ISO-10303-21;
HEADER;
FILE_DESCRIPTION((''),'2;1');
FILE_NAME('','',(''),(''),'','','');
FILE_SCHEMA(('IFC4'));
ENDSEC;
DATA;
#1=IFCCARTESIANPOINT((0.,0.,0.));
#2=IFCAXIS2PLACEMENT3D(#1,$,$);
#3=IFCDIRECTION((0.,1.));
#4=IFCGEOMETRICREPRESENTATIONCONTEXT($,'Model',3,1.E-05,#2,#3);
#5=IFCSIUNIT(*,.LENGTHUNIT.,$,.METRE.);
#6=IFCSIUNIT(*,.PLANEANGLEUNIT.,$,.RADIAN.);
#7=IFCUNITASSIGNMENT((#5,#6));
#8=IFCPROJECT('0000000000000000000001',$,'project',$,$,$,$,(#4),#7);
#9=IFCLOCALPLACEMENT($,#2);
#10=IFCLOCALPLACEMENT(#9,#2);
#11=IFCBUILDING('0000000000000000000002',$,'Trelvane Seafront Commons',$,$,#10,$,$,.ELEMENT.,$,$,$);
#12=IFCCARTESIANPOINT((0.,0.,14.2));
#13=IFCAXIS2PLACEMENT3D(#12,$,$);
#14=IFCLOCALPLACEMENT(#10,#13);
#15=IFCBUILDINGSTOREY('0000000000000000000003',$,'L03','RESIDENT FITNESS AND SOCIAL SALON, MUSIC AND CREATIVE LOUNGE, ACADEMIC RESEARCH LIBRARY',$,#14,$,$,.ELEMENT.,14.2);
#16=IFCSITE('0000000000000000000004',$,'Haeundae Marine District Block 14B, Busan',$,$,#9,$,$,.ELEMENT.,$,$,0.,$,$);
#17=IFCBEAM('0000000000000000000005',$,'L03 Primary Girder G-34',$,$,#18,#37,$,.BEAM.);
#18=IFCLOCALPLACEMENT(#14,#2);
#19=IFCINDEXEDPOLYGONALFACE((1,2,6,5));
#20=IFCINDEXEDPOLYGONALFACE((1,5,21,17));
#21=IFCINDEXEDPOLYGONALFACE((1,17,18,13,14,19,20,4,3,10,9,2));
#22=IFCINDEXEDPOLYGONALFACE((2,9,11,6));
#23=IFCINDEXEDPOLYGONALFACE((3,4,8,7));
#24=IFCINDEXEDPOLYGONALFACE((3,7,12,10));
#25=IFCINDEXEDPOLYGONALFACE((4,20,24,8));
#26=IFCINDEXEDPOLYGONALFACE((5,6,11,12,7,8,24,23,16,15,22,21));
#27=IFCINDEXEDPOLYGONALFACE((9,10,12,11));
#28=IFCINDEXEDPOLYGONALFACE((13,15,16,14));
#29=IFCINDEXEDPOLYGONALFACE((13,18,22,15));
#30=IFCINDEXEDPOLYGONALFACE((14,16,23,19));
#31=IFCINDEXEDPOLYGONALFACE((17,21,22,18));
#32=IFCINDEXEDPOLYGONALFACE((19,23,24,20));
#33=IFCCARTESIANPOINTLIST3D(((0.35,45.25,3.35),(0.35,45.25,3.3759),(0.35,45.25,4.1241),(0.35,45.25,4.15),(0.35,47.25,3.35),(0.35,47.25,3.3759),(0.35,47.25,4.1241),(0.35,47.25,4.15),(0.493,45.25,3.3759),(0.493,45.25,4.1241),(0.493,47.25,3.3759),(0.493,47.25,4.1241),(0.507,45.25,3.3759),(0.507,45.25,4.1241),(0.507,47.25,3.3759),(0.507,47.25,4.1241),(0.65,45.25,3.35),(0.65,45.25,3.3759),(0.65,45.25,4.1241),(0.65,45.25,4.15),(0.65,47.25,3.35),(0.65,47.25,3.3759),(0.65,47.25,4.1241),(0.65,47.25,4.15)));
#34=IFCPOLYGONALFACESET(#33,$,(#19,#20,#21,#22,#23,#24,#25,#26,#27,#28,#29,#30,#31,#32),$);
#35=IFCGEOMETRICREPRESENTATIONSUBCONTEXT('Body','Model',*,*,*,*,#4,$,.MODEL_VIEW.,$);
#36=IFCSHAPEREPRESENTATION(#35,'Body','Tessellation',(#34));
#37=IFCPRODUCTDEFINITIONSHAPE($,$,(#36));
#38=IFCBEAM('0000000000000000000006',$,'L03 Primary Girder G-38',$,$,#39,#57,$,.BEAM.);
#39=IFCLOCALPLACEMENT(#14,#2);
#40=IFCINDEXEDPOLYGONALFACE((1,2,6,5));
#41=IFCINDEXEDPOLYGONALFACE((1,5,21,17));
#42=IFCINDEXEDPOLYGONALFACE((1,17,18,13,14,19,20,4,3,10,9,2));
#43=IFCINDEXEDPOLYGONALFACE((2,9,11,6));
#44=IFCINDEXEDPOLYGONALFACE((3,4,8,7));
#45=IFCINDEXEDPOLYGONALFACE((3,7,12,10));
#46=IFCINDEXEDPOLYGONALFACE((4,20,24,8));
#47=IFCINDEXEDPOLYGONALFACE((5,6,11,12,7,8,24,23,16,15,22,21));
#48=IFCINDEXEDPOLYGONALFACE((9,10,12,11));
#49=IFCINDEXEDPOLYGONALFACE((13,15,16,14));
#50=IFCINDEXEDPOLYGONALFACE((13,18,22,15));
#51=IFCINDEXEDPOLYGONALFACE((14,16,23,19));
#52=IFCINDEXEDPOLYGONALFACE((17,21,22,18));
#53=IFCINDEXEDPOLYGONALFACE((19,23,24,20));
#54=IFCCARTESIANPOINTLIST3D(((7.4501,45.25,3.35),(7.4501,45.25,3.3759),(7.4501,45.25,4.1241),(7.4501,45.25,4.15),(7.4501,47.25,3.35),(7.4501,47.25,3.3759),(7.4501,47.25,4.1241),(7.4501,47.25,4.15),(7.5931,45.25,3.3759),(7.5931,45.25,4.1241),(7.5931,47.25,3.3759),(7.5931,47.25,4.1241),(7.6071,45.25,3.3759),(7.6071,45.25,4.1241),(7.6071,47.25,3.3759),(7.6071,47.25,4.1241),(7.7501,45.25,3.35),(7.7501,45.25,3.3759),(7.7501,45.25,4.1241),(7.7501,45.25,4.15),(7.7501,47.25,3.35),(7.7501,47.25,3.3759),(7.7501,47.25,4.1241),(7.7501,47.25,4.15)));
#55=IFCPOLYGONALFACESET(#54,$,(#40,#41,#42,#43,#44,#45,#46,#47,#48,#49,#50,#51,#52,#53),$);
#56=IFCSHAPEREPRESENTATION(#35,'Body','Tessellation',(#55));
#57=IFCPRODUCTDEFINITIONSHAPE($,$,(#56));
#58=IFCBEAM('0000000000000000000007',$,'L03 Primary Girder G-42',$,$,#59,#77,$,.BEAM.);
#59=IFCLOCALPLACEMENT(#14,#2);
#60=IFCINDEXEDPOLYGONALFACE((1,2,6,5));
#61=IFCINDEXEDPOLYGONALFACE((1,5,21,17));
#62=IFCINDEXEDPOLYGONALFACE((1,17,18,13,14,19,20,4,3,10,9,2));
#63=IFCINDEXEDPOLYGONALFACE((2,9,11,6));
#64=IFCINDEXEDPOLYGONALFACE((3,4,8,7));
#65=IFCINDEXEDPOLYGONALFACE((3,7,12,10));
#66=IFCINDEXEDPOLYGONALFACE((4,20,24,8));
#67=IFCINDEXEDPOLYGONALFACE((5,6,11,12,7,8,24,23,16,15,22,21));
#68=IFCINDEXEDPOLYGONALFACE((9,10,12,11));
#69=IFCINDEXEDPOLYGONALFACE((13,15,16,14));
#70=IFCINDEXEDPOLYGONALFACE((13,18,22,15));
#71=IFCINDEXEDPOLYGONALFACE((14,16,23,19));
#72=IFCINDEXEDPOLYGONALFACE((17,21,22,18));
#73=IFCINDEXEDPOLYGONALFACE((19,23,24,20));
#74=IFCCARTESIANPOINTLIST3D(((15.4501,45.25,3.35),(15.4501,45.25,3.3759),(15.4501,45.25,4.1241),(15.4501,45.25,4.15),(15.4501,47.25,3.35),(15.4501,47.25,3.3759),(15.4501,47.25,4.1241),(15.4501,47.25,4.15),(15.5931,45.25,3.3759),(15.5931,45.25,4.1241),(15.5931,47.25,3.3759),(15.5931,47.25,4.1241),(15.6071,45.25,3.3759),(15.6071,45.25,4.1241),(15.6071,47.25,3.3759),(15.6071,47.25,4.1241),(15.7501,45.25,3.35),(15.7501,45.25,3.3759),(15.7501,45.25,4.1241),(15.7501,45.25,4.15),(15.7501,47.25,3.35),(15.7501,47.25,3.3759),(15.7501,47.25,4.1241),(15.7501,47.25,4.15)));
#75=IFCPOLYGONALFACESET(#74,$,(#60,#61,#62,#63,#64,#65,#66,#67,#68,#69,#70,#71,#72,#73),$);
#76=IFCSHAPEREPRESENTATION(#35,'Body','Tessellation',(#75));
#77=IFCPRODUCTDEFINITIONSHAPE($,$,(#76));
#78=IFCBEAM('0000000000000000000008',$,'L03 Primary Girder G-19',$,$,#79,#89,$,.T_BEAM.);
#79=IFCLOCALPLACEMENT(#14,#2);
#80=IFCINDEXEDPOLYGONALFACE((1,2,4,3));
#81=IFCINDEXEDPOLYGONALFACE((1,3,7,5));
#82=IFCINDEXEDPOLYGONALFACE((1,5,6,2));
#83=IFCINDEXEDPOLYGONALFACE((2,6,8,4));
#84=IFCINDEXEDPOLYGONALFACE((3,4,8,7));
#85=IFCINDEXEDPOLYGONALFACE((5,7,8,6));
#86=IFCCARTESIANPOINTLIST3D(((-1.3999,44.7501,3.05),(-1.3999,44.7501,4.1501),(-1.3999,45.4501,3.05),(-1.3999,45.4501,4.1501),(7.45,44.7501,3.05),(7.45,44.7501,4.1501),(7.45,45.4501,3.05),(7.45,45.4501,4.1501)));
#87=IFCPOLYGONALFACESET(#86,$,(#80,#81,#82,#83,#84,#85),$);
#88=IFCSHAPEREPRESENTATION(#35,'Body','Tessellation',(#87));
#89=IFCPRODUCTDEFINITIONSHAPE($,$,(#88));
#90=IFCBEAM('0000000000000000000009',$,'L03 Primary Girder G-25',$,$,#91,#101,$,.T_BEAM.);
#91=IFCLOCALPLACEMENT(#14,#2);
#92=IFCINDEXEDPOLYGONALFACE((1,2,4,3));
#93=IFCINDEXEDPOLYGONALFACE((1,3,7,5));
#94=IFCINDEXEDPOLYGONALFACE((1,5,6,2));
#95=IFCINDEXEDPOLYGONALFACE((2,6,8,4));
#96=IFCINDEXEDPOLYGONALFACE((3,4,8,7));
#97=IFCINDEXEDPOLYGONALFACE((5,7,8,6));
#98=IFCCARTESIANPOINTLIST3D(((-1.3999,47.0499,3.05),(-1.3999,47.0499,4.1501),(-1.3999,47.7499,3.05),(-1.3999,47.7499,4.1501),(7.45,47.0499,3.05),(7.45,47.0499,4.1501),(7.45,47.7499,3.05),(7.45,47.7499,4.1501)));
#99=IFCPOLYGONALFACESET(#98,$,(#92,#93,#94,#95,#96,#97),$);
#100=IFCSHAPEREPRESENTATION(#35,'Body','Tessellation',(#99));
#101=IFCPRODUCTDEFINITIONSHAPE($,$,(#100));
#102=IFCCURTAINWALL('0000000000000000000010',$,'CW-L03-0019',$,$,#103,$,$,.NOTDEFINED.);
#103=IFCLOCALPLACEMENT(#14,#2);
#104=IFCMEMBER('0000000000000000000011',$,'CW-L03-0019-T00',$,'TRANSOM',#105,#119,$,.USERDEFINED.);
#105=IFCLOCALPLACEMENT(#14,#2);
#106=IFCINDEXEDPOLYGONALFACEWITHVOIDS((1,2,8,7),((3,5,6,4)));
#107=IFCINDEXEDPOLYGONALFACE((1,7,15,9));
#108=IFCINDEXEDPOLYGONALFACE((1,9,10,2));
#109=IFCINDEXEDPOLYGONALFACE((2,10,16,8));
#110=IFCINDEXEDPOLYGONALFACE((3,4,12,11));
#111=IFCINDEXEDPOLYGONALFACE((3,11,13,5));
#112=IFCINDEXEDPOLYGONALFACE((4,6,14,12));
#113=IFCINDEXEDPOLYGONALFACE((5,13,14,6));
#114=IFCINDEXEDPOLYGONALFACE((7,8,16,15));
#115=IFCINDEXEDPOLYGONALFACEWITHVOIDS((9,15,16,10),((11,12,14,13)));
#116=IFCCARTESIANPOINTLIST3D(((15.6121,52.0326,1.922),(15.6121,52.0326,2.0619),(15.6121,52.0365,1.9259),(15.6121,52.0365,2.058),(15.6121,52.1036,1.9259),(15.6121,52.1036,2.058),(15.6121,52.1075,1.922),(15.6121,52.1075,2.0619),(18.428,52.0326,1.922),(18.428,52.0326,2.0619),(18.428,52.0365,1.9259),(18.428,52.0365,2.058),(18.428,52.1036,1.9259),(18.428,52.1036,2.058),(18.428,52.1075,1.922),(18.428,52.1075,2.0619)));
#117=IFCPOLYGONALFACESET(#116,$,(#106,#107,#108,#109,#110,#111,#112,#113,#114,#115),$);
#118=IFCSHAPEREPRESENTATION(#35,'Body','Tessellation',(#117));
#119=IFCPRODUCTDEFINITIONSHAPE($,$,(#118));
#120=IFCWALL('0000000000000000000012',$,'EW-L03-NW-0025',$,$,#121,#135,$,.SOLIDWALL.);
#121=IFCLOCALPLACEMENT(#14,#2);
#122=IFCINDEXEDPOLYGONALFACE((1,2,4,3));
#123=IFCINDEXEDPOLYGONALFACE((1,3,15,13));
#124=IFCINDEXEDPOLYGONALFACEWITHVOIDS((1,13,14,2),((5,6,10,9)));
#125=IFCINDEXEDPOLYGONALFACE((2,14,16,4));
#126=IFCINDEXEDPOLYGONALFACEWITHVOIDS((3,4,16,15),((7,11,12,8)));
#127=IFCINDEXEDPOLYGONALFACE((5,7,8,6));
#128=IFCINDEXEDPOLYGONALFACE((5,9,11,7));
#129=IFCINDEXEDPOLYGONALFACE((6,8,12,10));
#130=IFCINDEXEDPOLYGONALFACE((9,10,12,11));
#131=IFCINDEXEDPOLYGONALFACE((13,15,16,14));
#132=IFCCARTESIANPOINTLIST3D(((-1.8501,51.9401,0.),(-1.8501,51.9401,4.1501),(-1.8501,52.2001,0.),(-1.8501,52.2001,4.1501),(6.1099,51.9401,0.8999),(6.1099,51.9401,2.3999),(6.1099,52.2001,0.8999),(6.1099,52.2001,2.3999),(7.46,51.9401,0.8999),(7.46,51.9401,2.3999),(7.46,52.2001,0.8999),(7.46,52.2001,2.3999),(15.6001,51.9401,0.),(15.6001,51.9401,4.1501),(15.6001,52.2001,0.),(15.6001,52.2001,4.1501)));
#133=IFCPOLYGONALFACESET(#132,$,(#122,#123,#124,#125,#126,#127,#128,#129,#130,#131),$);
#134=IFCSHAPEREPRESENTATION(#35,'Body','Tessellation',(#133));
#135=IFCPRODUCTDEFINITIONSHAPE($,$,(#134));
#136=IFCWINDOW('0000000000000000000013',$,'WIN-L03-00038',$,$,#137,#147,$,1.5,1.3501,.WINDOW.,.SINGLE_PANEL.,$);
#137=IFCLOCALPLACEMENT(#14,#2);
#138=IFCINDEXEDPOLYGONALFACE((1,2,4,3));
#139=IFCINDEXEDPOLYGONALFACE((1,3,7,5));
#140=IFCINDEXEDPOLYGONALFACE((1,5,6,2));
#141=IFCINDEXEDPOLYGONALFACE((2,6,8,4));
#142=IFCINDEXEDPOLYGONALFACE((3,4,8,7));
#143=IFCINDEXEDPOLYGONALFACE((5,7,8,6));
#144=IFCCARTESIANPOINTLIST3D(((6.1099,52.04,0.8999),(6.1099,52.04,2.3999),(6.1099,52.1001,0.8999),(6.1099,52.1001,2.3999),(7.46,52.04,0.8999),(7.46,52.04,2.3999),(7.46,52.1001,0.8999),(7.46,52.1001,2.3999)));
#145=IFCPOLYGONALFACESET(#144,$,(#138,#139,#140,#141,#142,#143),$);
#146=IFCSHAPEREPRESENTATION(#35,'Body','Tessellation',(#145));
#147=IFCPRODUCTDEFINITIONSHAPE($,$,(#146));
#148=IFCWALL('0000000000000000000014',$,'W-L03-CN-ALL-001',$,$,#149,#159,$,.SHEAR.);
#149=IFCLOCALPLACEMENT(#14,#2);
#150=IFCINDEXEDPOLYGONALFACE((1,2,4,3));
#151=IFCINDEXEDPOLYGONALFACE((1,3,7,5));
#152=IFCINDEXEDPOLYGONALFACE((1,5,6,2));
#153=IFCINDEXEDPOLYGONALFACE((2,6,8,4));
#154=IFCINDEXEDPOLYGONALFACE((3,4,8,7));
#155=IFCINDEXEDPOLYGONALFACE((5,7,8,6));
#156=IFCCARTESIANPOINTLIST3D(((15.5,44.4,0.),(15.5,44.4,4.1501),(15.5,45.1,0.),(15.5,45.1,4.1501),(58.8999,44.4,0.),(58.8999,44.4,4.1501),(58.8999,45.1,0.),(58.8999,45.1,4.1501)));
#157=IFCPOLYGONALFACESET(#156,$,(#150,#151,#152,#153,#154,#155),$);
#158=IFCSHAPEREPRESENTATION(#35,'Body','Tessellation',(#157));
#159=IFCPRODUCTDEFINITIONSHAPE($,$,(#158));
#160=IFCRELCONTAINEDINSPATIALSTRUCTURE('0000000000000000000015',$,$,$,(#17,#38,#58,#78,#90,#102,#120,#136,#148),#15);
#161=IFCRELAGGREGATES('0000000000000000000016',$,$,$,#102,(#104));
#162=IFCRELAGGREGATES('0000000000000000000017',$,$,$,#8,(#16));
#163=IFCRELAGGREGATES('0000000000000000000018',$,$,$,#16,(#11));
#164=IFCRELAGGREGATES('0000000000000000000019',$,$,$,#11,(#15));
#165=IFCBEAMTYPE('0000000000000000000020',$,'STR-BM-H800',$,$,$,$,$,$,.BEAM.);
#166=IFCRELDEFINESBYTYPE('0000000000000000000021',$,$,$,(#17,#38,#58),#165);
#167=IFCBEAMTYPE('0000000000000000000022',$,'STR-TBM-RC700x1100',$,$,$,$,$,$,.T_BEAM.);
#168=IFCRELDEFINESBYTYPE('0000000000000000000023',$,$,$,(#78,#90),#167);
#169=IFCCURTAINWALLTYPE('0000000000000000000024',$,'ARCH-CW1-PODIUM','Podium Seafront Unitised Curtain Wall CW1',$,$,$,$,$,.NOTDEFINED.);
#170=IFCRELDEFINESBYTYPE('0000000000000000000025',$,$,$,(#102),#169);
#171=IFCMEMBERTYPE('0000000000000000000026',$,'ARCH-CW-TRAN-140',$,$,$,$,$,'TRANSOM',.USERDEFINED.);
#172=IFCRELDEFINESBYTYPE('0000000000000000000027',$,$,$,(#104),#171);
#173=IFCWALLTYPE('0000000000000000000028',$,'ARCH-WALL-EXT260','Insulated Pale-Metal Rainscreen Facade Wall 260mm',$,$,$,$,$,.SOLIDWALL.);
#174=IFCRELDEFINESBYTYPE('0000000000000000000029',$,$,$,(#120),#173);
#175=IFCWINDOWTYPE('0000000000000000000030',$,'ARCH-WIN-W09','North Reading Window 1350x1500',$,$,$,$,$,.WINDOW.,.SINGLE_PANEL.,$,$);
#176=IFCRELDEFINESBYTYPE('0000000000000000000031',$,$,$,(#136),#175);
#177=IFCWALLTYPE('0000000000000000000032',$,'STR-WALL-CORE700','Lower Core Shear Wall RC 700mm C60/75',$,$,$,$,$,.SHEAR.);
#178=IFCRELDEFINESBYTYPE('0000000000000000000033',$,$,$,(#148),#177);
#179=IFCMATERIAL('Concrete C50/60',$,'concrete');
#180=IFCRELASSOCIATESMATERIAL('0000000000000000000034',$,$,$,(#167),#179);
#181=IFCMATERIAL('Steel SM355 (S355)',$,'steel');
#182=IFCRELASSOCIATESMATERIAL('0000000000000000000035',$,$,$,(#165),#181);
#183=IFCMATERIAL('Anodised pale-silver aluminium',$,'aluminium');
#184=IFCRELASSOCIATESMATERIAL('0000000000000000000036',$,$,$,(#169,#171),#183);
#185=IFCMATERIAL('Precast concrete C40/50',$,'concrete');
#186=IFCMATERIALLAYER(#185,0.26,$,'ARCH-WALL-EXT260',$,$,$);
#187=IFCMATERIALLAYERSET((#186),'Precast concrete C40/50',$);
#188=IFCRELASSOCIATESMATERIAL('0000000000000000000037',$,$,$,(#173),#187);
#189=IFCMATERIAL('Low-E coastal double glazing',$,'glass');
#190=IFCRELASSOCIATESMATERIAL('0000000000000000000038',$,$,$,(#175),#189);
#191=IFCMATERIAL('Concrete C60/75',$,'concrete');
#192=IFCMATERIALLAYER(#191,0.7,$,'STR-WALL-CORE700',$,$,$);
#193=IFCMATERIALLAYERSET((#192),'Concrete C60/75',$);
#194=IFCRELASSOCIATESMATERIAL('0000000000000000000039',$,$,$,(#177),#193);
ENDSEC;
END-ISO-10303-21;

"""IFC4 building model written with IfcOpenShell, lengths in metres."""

from ifc_helpers import new_model, si_unit, direction, frame, frame_2d, origin, origin_2d, place, context, subcontext, project, spatial, rectangle, hollow_rectangle, i_section, extrude, source, transform, mapped, material, layer, layer_set, material_profile, profile_set, type_object, element, fill, aggregate, save


model = new_model("IFC4")

# Units and contexts
model_context = context("Model", 3, precision=1e-05, world=origin(), true_north=direction((0.0, 1.0)))
body_context = subcontext(model_context, "Body", "Model", "MODEL_VIEW")
ifc_project = project(units=[si_unit("LENGTHUNIT", "METRE"), si_unit("PLANEANGLEUNIT", "RADIAN")], contexts=[model_context])

# Site, building, storey
site_placement = place(None, origin())
site = spatial("IfcSite", under=ifc_project, at=site_placement, Name="Haeundae Marine District Block 14B, Busan", CompositionType="ELEMENT", RefElevation=0.0)
building_placement = place(site_placement, origin())
building = spatial("IfcBuilding", under=site, at=building_placement, Name="Trelvane Seafront Commons", CompositionType="ELEMENT")
storey_placement = place(building_placement, frame((0.0, 0.0, 14.2)))
storey = spatial("IfcBuildingStorey", under=building, at=storey_placement, Name="L03", Description="RESIDENT FITNESS AND SOCIAL SALON, MUSIC AND CREATIVE LOUNGE, ACADEMIC RESEARCH LIBRARY", CompositionType="ELEMENT", Elevation=14.2)

# Shared definitions
ifc_material_1 = material(Name="Concrete C50/60", Category="concrete")
ifc_material_2 = material(Name="Concrete C60/75", Category="concrete")

# Beams
ifc_material_profile_1 = material_profile(ifc_material_1, rectangle(XDim=0.7, YDim=1.1001, at=origin_2d()), Name="RC-700x1100")
ifc_profile_set_1 = profile_set([ifc_material_profile_1], Name="Concrete C50/60")
beam_type_1 = type_object("IfcBeamType", Name="STR-TBM-RC700x1100", PredefinedType="T_BEAM", material=ifc_profile_set_1)
ifc_material_3 = material(Name="Steel SM355 (S355)", Category="steel")
ifc_material_profile_2 = material_profile(ifc_material_3, i_section(OverallWidth=0.3, OverallDepth=0.8, WebThickness=0.0139, FlangeThickness=0.0259, at=origin_2d()), Name="H-800x300x14x26")
ifc_profile_set_2 = profile_set([ifc_material_profile_2], Name="Steel SM355 (S355)")
beam_type_2 = type_object("IfcBeamType", Name="STR-BM-H800", PredefinedType="BEAM", material=ifc_profile_set_2)
shared_shape_1 = source(origin(), body_context, "Body", "SweptSolid", [
    extrude(i_section(OverallWidth=0.3, OverallDepth=0.8, WebThickness=0.0139, FlangeThickness=0.0259, at=origin_2d()), origin(), (0.0, 0.0, 1.0), 2.0),
])
for number, where, z_axis, x_axis, name in (
    (1, (0.5, 45.25, 3.75), (0.0, 1.0, 0.0), (-1.0, 0.0, 0.0), "L03 Primary Girder G-34"),
    (2, (7.6001, 45.25, 3.75), (0.0, 1.0, 0.0), (-1.0, 0.0, 0.0), "L03 Primary Girder G-38"),
    (3, (15.6001, 45.25, 3.75), (0.0, 1.0, 0.0), (-1.0, 0.0, 0.0), "L03 Primary Girder G-42"),
):
    element("IfcBeam", number, at=place(storey_placement, frame(where, z_axis=z_axis, x_axis=x_axis)), inside=storey, type_object=beam_type_2, Name=name, PredefinedType="BEAM", context=body_context, shape_type="MappedRepresentation", body=[
        mapped(shared_shape_1, transform((0.0, 0.0, 0.0), x_axis=(1.0, 0.0, 0.0), y_axis=(0.0, 1.0, 0.0), z_axis=(0.0, 0.0, 1.0), scale=1.0)),
    ])
shared_shape_2 = source(origin(), body_context, "Body", "SweptSolid", [
    extrude(rectangle(XDim=0.7, YDim=1.1001, at=origin_2d()), origin(), (0.0, 0.0, 1.0), 8.8499),
])
for number, where, z_axis, x_axis, name in (
    (4, (-1.3999, 45.1001, 3.6001), (1.0, 0.0, 0.0), (0.0, 1.0, 0.0), "L03 Primary Girder G-19"),
    (5, (-1.3999, 47.3999, 3.6001), (1.0, 0.0, 0.0), (0.0, 1.0, 0.0), "L03 Primary Girder G-25"),
):
    element("IfcBeam", number, at=place(storey_placement, frame(where, z_axis=z_axis, x_axis=x_axis)), inside=storey, type_object=beam_type_1, Name=name, PredefinedType="T_BEAM", context=body_context, shape_type="MappedRepresentation", body=[
        mapped(shared_shape_2, transform((0.0, 0.0, 0.0), x_axis=(1.0, 0.0, 0.0), y_axis=(0.0, 1.0, 0.0), z_axis=(0.0, 0.0, 1.0), scale=1.0)),
    ])

# Curtain wall, member
ifc_material_4 = material(Name="Anodised pale-silver aluminium", Category="aluminium")
curtain_wall_type = type_object("IfcCurtainWallType", Name="ARCH-CW1-PODIUM", Description="Podium Seafront Unitised Curtain Wall CW1", PredefinedType="NOTDEFINED", material=ifc_material_4)
curtain_wall_placement = place(storey_placement, origin())
curtain_wall = element("IfcCurtainWall", 6, at=curtain_wall_placement, inside=storey, type_object=curtain_wall_type, Name="CW-L03-0019", PredefinedType="NOTDEFINED")
ifc_material_profile_3 = material_profile(ifc_material_4, hollow_rectangle(XDim=0.075, YDim=0.1399, WallThickness=0.0039, at=origin_2d()), Name="TRAN-75x140x4")
ifc_profile_set_3 = profile_set([ifc_material_profile_3], Name="Anodised pale-silver aluminium")
member_type = type_object("IfcMemberType", Name="ARCH-CW-TRAN-140", ElementType="TRANSOM", PredefinedType="USERDEFINED", material=ifc_profile_set_3)
shared_shape_3 = source(origin(), body_context, "Body", "SweptSolid", [
    extrude(hollow_rectangle(XDim=0.075, YDim=0.1399, WallThickness=0.0039, at=origin_2d()), origin(), (0.0, 0.0, 1.0), 2.8159),
])
member_placement = place(storey_placement, frame((15.6121, 52.0701, 1.9919), z_axis=(1.0, 0.0, 0.0), x_axis=(0.0, 1.0, 0.0)))
member = element("IfcMember", 7, at=member_placement, type_object=member_type, Name="CW-L03-0019-T00", ObjectType="TRANSOM", PredefinedType="USERDEFINED", context=body_context, shape_type="MappedRepresentation", body=[
    mapped(shared_shape_3, transform((0.0, 0.0, 0.0), x_axis=(1.0, 0.0, 0.0), y_axis=(0.0, 1.0, 0.0), z_axis=(0.0, 0.0, 1.0), scale=1.0)),
])
aggregate(curtain_wall, [member])

# Wall, opening, window
ifc_material_5 = material(Name="Precast concrete C40/50", Category="concrete")
ifc_layer_1 = layer(ifc_material_5, 0.26, Name="ARCH-WALL-EXT260")
ifc_layer_set_1 = layer_set([ifc_layer_1], Name="Precast concrete C40/50")
wall_type_1 = type_object("IfcWallType", Name="ARCH-WALL-EXT260", Description="Insulated Pale-Metal Rainscreen Facade Wall 260mm", PredefinedType="SOLIDWALL", material=ifc_layer_set_1)
wall_1_placement = place(storey_placement, frame((-1.8501, 52.0701, 0.0), z_axis=(0.0, 0.0, 1.0), x_axis=(1.0, 0.0, 0.0)))
wall_1 = element("IfcWall", 8, at=wall_1_placement, inside=storey, type_object=wall_type_1, Name="EW-L03-NW-0025", PredefinedType="SOLIDWALL", context=body_context, shape_type="SweptSolid", body=[
    extrude(rectangle(XDim=17.4502, YDim=0.26, at=frame_2d((8.7251, 0.0))), origin(), (0.0, 0.0, 1.0), 4.1501),
])
opening_placement = place(wall_1_placement, frame((7.96, 0.0, 0.8999)))
opening = element("IfcOpeningElement", 9, at=opening_placement, cuts=wall_1, PredefinedType="OPENING", context=body_context, shape_type="SweptSolid", body=[
    extrude(rectangle(XDim=1.3501, YDim=1.5, at=frame_2d((0.675, 0.75))), frame((0.0, 0.1399, 0.0), z_axis=(0.0, -1.0, 0.0), x_axis=(1.0, 0.0, 0.0)), (0.0, 0.0, 1.0), 0.28),
])
ifc_material_6 = material(Name="Low-E coastal double glazing", Category="glass")
window_type = type_object("IfcWindowType", Name="ARCH-WIN-W09", Description="North Reading Window 1350x1500", PartitioningType="SINGLE_PANEL", PredefinedType="WINDOW", material=ifc_material_6)
shared_shape_4 = source(origin(), body_context, "Body", "SweptSolid", [
    extrude(rectangle(XDim=1.3501, YDim=1.5, at=frame_2d((0.675, 0.75))), frame((0.0, 0.03, 0.0), z_axis=(0.0, -1.0, 0.0), x_axis=(1.0, 0.0, 0.0)), (0.0, 0.0, 1.0), 0.0601),
])
window_placement = place(opening_placement, origin())
window = element("IfcWindow", 10, at=window_placement, inside=storey, type_object=window_type, Name="WIN-L03-00038", OverallHeight=1.5, OverallWidth=1.3501, PartitioningType="SINGLE_PANEL", PredefinedType="WINDOW", context=body_context, shape_type="MappedRepresentation", body=[
    mapped(shared_shape_4, transform((0.0, 0.0, 0.0), x_axis=(1.0, 0.0, 0.0), y_axis=(0.0, 1.0, 0.0), z_axis=(0.0, 0.0, 1.0), scale=1.0)),
])
fill(opening, window)

# Wall
ifc_layer_2 = layer(ifc_material_2, 0.7, Name="STR-WALL-CORE700")
ifc_layer_set_2 = layer_set([ifc_layer_2], Name="Concrete C60/75")
wall_type_2 = type_object("IfcWallType", Name="STR-WALL-CORE700", Description="Lower Core Shear Wall RC 700mm C60/75", PredefinedType="SHEAR", material=ifc_layer_set_2)
wall_2_placement = place(storey_placement, frame((15.5, 44.75, 0.0), z_axis=(0.0, 0.0, 1.0), x_axis=(1.0, 0.0, 0.0)))
element("IfcWall", 11, at=wall_2_placement, inside=storey, type_object=wall_type_2, Name="W-L03-CN-ALL-001", PredefinedType="SHEAR", context=body_context, shape_type="SweptSolid", body=[
    extrude(rectangle(XDim=43.3999, YDim=0.7, at=frame_2d((21.7, 0.0))), origin(), (0.0, 0.0, 1.0), 4.1501),
])

save(model, "model.ifc")
